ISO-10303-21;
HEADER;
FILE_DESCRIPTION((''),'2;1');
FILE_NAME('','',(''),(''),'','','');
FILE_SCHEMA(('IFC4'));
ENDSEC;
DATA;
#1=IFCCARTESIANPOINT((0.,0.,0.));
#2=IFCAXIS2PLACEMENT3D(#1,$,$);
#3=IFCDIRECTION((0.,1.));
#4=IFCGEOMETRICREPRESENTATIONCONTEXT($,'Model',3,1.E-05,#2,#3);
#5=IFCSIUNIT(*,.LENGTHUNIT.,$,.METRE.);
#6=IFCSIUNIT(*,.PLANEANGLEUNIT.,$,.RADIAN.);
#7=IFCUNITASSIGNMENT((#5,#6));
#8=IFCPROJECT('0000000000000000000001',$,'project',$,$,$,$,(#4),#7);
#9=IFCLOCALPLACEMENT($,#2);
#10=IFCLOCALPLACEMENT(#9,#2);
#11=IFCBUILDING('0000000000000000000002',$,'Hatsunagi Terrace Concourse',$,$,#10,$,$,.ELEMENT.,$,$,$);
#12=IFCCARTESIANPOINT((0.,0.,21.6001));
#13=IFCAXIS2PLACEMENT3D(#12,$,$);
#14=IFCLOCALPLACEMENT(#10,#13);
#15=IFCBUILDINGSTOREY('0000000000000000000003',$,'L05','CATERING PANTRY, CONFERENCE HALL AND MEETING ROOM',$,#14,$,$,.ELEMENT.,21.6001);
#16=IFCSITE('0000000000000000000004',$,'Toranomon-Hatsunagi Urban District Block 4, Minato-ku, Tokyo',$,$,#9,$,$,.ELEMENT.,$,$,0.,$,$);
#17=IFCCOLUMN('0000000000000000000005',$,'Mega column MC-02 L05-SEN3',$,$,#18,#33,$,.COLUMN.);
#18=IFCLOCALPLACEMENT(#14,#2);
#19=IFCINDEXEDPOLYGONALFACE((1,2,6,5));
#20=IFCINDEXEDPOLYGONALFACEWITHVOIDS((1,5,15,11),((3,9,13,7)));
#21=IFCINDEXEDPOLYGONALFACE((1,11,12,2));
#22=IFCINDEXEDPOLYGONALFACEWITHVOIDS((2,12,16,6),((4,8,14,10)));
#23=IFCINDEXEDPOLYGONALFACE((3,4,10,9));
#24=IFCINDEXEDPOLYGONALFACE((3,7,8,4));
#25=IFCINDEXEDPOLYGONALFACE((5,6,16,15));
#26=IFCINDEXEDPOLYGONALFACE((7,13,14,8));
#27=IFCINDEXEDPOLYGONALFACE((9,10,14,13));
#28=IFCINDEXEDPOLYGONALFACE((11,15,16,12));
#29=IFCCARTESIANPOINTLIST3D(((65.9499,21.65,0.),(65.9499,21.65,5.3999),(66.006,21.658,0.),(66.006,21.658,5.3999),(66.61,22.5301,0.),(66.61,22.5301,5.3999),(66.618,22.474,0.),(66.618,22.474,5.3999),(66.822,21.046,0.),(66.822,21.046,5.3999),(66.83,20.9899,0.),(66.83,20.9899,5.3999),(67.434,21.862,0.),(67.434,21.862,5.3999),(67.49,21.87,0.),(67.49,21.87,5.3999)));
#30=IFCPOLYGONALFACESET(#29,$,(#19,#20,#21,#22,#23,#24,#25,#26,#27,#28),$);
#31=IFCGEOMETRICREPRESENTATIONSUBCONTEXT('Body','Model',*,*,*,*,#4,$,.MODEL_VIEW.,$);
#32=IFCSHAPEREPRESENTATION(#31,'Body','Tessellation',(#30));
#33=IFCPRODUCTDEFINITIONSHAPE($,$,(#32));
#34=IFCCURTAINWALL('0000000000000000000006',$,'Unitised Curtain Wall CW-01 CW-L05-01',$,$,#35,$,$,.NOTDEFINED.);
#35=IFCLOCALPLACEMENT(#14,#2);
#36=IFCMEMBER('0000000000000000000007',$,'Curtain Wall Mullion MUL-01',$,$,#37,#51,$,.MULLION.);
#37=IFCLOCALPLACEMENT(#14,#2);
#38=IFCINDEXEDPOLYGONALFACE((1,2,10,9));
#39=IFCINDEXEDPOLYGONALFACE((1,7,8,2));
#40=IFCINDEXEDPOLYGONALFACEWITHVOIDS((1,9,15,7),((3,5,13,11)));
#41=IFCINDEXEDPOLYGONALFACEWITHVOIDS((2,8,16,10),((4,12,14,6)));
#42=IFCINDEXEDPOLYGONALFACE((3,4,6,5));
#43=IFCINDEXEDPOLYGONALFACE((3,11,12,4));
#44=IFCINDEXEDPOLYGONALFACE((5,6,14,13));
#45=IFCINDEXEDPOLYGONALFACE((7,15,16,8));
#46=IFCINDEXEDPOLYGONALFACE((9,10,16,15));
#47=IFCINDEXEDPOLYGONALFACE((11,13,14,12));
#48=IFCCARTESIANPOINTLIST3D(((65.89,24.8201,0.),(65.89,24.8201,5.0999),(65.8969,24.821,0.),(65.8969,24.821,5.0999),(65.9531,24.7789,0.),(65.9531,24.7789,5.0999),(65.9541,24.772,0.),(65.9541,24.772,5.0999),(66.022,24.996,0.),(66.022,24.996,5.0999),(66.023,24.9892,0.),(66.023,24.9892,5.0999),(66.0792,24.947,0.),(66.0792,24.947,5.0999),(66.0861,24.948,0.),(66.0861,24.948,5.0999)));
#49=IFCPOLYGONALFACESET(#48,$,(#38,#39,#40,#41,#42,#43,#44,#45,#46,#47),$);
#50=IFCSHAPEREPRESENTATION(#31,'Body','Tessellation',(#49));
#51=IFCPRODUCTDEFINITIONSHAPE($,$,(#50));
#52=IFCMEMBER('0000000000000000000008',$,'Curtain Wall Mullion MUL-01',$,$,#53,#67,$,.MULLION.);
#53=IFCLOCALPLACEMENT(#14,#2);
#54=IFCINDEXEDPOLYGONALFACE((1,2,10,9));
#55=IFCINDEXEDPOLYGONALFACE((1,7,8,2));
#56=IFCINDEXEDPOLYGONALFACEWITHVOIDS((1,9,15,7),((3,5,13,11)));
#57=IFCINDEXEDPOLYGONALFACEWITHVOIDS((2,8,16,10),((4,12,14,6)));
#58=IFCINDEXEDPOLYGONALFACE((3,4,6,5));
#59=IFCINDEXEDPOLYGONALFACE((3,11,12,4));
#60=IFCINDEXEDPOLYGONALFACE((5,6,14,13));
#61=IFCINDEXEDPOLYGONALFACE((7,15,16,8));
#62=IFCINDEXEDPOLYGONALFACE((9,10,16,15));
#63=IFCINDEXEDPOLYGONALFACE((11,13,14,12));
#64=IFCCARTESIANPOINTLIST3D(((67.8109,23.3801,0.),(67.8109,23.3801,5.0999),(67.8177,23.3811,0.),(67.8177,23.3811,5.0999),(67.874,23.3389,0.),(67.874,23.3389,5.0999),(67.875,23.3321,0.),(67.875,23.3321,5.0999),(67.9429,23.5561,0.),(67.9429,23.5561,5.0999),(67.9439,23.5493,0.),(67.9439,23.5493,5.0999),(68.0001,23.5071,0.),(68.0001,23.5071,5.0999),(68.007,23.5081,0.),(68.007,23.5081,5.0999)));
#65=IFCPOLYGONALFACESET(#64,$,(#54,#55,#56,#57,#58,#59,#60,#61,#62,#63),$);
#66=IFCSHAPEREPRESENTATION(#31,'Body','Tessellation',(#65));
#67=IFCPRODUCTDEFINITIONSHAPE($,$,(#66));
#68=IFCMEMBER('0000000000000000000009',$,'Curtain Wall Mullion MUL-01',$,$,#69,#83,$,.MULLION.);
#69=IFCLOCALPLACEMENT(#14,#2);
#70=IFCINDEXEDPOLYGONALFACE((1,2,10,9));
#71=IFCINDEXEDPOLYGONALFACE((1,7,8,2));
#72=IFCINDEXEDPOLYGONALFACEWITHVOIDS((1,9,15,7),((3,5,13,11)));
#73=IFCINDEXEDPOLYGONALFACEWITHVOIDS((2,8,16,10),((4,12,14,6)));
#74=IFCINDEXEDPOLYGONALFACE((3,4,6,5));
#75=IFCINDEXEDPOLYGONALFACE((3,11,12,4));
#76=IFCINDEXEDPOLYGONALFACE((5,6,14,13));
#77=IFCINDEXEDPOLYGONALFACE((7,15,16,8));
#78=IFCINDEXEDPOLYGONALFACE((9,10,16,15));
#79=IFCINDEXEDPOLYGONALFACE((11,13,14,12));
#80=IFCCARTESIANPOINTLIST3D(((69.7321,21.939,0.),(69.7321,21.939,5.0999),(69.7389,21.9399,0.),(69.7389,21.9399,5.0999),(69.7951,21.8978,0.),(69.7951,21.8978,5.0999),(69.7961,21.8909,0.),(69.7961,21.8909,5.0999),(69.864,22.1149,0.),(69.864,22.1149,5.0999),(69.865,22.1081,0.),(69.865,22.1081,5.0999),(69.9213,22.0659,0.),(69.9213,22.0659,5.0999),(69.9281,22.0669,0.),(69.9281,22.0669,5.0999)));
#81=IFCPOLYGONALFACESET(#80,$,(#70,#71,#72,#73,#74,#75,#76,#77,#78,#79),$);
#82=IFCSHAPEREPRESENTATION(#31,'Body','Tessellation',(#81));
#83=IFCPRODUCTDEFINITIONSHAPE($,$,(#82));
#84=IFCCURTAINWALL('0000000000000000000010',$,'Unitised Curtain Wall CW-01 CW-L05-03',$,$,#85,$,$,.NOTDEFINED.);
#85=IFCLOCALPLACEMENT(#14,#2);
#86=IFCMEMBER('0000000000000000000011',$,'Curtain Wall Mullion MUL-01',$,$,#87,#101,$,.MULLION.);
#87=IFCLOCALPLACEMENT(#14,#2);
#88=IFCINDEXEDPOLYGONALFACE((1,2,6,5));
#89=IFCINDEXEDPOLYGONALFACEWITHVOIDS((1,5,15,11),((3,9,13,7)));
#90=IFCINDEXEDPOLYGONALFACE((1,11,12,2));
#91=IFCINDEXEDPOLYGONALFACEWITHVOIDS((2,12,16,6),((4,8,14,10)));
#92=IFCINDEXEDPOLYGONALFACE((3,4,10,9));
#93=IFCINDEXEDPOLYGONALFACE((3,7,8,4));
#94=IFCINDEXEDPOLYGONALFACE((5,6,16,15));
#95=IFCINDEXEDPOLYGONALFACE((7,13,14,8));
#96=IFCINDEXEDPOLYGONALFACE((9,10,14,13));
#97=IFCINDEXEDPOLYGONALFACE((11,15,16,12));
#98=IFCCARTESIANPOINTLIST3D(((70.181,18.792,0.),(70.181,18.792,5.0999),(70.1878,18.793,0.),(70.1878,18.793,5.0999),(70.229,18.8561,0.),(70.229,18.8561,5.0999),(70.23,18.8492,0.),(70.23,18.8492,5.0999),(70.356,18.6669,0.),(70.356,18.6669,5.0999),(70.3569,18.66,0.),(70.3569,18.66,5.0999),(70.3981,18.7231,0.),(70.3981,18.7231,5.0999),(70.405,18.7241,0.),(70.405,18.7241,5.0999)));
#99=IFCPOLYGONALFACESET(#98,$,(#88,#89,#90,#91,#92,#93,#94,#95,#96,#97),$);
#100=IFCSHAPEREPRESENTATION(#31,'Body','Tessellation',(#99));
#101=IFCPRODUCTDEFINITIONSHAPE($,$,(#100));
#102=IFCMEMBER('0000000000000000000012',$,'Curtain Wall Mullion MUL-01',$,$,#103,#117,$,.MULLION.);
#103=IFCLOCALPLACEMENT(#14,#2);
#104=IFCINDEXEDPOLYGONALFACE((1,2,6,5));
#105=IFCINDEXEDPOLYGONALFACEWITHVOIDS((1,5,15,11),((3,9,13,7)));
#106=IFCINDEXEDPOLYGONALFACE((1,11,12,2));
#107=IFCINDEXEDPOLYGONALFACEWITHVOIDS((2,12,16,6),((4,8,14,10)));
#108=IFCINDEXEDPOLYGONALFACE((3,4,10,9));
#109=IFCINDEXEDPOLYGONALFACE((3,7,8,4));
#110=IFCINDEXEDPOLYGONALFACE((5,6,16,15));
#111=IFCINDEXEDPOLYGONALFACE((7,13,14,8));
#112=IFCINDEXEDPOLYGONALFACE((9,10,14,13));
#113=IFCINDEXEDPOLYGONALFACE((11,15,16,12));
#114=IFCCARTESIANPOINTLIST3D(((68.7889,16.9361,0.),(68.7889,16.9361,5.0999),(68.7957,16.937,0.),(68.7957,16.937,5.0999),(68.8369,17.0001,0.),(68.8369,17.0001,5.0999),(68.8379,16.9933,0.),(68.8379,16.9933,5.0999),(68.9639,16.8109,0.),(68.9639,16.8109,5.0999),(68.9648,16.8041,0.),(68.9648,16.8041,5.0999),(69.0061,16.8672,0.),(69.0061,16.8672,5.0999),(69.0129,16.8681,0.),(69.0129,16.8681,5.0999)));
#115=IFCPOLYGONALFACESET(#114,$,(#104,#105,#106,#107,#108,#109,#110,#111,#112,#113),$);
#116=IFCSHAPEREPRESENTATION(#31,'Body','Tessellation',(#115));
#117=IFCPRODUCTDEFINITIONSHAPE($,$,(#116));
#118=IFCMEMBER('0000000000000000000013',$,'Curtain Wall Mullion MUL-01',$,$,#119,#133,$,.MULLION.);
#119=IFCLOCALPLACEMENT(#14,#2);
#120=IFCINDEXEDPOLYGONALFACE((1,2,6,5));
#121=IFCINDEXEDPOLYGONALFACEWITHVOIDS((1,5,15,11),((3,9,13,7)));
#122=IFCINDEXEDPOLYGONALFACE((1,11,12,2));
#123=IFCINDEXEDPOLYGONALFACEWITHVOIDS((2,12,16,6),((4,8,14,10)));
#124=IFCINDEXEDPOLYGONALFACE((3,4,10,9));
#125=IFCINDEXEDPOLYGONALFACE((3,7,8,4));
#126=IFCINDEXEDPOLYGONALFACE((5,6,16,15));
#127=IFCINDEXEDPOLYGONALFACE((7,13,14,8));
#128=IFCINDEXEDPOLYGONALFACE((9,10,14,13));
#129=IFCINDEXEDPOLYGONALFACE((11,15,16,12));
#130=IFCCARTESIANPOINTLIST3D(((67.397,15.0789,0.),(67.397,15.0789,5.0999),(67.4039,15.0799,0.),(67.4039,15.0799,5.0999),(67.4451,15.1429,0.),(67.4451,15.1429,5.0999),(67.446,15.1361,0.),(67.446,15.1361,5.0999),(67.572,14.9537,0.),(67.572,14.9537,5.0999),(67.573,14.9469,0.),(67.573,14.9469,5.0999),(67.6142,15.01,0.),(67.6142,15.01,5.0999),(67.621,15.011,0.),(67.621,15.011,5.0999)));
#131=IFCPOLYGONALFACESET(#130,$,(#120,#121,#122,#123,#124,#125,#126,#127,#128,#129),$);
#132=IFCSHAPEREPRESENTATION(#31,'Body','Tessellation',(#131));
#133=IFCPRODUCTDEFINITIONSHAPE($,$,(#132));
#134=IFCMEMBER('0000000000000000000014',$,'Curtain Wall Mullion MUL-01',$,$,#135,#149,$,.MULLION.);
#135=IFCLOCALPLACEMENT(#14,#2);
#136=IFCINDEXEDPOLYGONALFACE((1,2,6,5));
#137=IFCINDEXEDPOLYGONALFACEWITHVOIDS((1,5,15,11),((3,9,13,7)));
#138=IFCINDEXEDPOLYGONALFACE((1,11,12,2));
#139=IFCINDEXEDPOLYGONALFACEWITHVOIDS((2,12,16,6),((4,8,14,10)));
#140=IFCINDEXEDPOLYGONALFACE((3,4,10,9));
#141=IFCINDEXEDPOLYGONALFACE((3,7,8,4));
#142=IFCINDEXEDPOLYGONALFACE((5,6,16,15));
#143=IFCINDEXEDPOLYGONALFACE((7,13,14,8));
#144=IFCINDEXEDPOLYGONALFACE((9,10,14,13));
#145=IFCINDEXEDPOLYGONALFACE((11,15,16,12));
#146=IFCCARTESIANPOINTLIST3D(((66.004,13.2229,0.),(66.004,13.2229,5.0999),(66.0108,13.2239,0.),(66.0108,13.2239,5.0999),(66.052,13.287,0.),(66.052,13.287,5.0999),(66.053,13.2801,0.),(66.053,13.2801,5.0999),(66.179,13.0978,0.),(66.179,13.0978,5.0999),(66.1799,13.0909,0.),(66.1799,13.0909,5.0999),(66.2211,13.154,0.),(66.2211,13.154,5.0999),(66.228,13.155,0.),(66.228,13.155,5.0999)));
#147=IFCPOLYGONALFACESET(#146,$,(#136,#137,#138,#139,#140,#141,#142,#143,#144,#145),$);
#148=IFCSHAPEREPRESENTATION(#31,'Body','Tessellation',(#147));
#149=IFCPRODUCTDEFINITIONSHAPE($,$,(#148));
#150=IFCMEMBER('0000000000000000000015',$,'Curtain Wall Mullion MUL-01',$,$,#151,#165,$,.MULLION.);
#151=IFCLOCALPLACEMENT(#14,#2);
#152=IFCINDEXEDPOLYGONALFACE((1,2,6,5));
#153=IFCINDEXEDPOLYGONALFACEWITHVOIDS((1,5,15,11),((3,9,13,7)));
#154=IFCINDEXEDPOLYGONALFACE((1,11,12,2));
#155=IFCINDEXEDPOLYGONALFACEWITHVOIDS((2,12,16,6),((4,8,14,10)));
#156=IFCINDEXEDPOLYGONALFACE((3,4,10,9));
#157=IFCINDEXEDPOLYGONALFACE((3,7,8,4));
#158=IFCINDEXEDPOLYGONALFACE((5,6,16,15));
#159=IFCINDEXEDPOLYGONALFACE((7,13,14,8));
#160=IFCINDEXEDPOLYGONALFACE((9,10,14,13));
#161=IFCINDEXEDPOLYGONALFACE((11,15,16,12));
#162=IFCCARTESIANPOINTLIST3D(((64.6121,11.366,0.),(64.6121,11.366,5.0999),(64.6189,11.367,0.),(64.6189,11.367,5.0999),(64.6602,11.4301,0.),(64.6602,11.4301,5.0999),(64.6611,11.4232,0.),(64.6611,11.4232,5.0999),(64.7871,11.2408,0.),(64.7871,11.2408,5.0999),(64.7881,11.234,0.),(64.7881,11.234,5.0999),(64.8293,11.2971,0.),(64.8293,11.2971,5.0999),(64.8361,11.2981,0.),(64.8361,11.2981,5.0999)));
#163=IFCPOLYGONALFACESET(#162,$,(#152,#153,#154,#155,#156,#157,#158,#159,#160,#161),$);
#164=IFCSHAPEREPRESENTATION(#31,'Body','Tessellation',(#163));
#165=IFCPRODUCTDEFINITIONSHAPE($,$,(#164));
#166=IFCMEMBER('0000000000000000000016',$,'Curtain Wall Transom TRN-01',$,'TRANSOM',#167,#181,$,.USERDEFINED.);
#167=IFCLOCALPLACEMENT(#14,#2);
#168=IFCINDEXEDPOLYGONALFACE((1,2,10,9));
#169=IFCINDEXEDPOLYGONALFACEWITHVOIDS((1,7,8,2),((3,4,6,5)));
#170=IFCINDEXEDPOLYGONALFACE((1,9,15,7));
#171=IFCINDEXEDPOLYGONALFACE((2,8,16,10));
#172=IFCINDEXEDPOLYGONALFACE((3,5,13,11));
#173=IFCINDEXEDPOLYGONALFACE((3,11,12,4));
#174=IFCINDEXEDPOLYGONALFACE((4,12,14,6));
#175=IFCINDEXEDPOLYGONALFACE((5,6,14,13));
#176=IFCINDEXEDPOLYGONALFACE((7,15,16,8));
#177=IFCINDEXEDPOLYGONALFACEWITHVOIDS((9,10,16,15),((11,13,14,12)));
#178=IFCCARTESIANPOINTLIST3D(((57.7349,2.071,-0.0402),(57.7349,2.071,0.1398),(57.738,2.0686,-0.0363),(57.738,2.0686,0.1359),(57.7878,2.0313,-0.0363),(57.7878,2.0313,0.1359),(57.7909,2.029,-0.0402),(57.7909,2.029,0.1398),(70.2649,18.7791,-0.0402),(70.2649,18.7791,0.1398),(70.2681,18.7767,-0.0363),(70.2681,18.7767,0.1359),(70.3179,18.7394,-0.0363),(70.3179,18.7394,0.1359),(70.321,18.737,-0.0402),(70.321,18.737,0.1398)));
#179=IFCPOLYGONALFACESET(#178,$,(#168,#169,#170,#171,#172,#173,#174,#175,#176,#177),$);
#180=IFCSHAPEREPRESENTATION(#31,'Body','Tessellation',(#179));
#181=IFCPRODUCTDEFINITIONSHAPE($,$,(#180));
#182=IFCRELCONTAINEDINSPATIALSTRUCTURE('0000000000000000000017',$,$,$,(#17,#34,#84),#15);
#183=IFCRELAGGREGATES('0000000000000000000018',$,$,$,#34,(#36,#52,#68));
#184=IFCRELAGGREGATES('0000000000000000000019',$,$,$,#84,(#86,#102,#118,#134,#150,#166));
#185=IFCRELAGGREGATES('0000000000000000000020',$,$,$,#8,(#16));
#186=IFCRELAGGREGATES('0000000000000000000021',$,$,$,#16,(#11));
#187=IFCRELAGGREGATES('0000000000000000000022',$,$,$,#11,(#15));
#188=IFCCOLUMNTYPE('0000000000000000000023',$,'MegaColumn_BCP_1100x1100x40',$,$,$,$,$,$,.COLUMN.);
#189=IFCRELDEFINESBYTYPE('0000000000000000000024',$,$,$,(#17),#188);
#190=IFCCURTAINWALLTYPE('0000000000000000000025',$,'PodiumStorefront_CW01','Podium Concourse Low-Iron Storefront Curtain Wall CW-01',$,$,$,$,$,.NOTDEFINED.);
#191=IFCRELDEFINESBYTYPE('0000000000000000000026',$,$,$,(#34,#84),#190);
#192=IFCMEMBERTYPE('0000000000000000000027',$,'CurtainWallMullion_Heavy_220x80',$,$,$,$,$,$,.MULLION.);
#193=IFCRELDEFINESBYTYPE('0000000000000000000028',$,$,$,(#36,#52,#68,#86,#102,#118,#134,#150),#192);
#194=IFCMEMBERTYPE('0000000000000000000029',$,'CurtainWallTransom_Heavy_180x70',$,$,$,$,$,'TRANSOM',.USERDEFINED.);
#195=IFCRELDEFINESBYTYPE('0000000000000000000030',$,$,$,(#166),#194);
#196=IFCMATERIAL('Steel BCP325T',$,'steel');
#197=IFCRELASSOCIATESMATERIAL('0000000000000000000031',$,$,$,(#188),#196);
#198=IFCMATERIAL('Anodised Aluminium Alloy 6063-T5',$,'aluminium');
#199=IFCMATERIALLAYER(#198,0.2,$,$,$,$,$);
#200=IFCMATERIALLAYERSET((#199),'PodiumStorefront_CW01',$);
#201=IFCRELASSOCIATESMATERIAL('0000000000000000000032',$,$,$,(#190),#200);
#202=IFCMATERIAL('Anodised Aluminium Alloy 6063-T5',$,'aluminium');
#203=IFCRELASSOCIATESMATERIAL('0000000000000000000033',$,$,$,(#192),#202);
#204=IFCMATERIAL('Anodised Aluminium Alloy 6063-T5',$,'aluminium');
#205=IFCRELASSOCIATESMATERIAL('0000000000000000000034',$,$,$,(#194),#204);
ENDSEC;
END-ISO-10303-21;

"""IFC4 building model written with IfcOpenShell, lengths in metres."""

from ifc_helpers import new_model, si_unit, direction, frame, origin, origin_2d, place, context, subcontext, project, spatial, hollow_rectangle, extrude, material, layer, layer_set, material_profile, profile_set, type_object, element, aggregate, save


model = new_model("IFC4")

# Units and contexts
model_context = context("Model", 3, precision=1e-05, world=origin(), true_north=direction((0.0, 1.0)))
body_context = subcontext(model_context, "Body", "Model", "MODEL_VIEW")
ifc_project = project(units=[si_unit("LENGTHUNIT", "METRE"), si_unit("PLANEANGLEUNIT", "RADIAN")], contexts=[model_context])

# Site, building, storey
site_placement = place(None, origin())
site = spatial("IfcSite", under=ifc_project, at=site_placement, Name="Toranomon-Hatsunagi Urban District Block 4, Minato-ku, Tokyo", CompositionType="ELEMENT", RefElevation=0.0)
building_placement = place(site_placement, origin())
building = spatial("IfcBuilding", under=site, at=building_placement, Name="Hatsunagi Terrace Concourse", CompositionType="ELEMENT")
storey_placement = place(building_placement, frame((0.0, 0.0, 21.6001)))
storey = spatial("IfcBuildingStorey", under=building, at=storey_placement, Name="L05", Description="CATERING PANTRY, CONFERENCE HALL AND MEETING ROOM", CompositionType="ELEMENT", Elevation=21.6001)

# Column
ifc_material_1 = material(Name="Steel BCP325T", Category="steel")
ifc_material_profile_1 = material_profile(ifc_material_1, hollow_rectangle(XDim=1.1001, YDim=1.1001, WallThickness=0.04, at=origin_2d()), Name="BCP-1100x1100x40")
ifc_profile_set_1 = profile_set([ifc_material_profile_1], Name="Steel BCP325T")
column_type = type_object("IfcColumnType", Name="MegaColumn_BCP_1100x1100x40", PredefinedType="COLUMN", material=ifc_profile_set_1)
column_placement = place(storey_placement, frame((66.72, 21.76, 0.0), z_axis=(0.0, 0.0, 1.0), x_axis=(0.8, -0.6, 0.0)))
element("IfcColumn", 1, at=column_placement, inside=storey, type_object=column_type, Name="Mega column MC-02 L05-SEN3", PredefinedType="COLUMN", context=body_context, shape_type="SweptSolid", body=[
    extrude(hollow_rectangle(XDim=1.1001, YDim=1.1001, WallThickness=0.04, at=origin_2d()), origin(), (0.0, 0.0, 1.0), 5.3999),
])

# Curtain walls, members
ifc_material_2 = material(Name="Anodised Aluminium Alloy 6063-T5", Category="aluminium")
ifc_layer_1 = layer(ifc_material_2, 0.2)
ifc_layer_set_1 = layer_set([ifc_layer_1], Name="PodiumStorefront_CW01")
curtain_wall_type = type_object("IfcCurtainWallType", Name="PodiumStorefront_CW01", Description="Podium Concourse Low-Iron Storefront Curtain Wall CW-01", PredefinedType="NOTDEFINED", material=ifc_layer_set_1)
curtain_wall_1_placement = place(storey_placement, origin())
curtain_wall_1 = element("IfcCurtainWall", 2, at=curtain_wall_1_placement, inside=storey, type_object=curtain_wall_type, Name="Unitised Curtain Wall CW-01 CW-L05-01", PredefinedType="NOTDEFINED")
ifc_material_3 = material(Name="Anodised Aluminium Alloy 6063-T5", Category="aluminium")
ifc_material_profile_2 = material_profile(ifc_material_3, hollow_rectangle(XDim=0.0801, YDim=0.22, WallThickness=0.0049, at=origin_2d()), Name="ALU-MUL-220x80x5")
ifc_profile_set_2 = profile_set([ifc_material_profile_2], Name="Anodised Aluminium Alloy 6063-T5")
member_type_1 = type_object("IfcMemberType", Name="CurtainWallMullion_Heavy_220x80", PredefinedType="MULLION", material=ifc_profile_set_2)
member_1_placement = place(storey_placement, frame((65.988, 24.884, 0.0), z_axis=(0.0, 0.0, 1.0), x_axis=(0.800007, -0.59999, 0.0)))
member_1 = element("IfcMember", 3, at=member_1_placement, type_object=member_type_1, Name="Curtain Wall Mullion MUL-01", PredefinedType="MULLION", context=body_context, shape_type="SweptSolid", body=[
    extrude(hollow_rectangle(XDim=0.0801, YDim=0.22, WallThickness=0.0049, at=origin_2d()), origin(), (0.0, 0.0, 1.0), 5.0999),
])
member_2_placement = place(storey_placement, frame((67.9089, 23.4441, 0.0), z_axis=(0.0, 0.0, 1.0), x_axis=(0.800007, -0.59999, 0.0)))
member_2 = element("IfcMember", 4, at=member_2_placement, type_object=member_type_1, Name="Curtain Wall Mullion MUL-01", PredefinedType="MULLION", context=body_context, shape_type="SweptSolid", body=[
    extrude(hollow_rectangle(XDim=0.0801, YDim=0.22, WallThickness=0.0049, at=origin_2d()), origin(), (0.0, 0.0, 1.0), 5.0999),
])
member_3_placement = place(storey_placement, frame((69.8301, 22.0029, 0.0), z_axis=(0.0, 0.0, 1.0), x_axis=(0.800007, -0.59999, 0.0)))
member_3 = element("IfcMember", 5, at=member_3_placement, type_object=member_type_1, Name="Curtain Wall Mullion MUL-01", PredefinedType="MULLION", context=body_context, shape_type="SweptSolid", body=[
    extrude(hollow_rectangle(XDim=0.0801, YDim=0.22, WallThickness=0.0049, at=origin_2d()), origin(), (0.0, 0.0, 1.0), 5.0999),
])
curtain_wall_2_placement = place(storey_placement, origin())
curtain_wall_2 = element("IfcCurtainWall", 6, at=curtain_wall_2_placement, inside=storey, type_object=curtain_wall_type, Name="Unitised Curtain Wall CW-01 CW-L05-03", PredefinedType="NOTDEFINED")
member_4_placement = place(storey_placement, frame((70.293, 18.7581, 0.0), z_axis=(0.0, 0.0, 1.0), x_axis=(-0.599969, -0.800023, 0.0)))
member_4 = element("IfcMember", 7, at=member_4_placement, type_object=member_type_1, Name="Curtain Wall Mullion MUL-01", PredefinedType="MULLION", context=body_context, shape_type="SweptSolid", body=[
    extrude(hollow_rectangle(XDim=0.0801, YDim=0.22, WallThickness=0.0049, at=origin_2d()), origin(), (0.0, 0.0, 1.0), 5.0999),
])
member_5_placement = place(storey_placement, frame((68.9009, 16.9021, 0.0), z_axis=(0.0, 0.0, 1.0), x_axis=(-0.599969, -0.800023, 0.0)))
member_5 = element("IfcMember", 8, at=member_5_placement, type_object=member_type_1, Name="Curtain Wall Mullion MUL-01", PredefinedType="MULLION", context=body_context, shape_type="SweptSolid", body=[
    extrude(hollow_rectangle(XDim=0.0801, YDim=0.22, WallThickness=0.0049, at=origin_2d()), origin(), (0.0, 0.0, 1.0), 5.0999),
])
member_6_placement = place(storey_placement, frame((67.509, 15.0449, 0.0), z_axis=(0.0, 0.0, 1.0), x_axis=(-0.599969, -0.800023, 0.0)))
member_6 = element("IfcMember", 9, at=member_6_placement, type_object=member_type_1, Name="Curtain Wall Mullion MUL-01", PredefinedType="MULLION", context=body_context, shape_type="SweptSolid", body=[
    extrude(hollow_rectangle(XDim=0.0801, YDim=0.22, WallThickness=0.0049, at=origin_2d()), origin(), (0.0, 0.0, 1.0), 5.0999),
])
member_7_placement = place(storey_placement, frame((66.116, 13.189, 0.0), z_axis=(0.0, 0.0, 1.0), x_axis=(-0.599969, -0.800023, 0.0)))
member_7 = element("IfcMember", 10, at=member_7_placement, type_object=member_type_1, Name="Curtain Wall Mullion MUL-01", PredefinedType="MULLION", context=body_context, shape_type="SweptSolid", body=[
    extrude(hollow_rectangle(XDim=0.0801, YDim=0.22, WallThickness=0.0049, at=origin_2d()), origin(), (0.0, 0.0, 1.0), 5.0999),
])
member_8_placement = place(storey_placement, frame((64.7241, 11.332, 0.0), z_axis=(0.0, 0.0, 1.0), x_axis=(-0.599969, -0.800023, 0.0)))
member_8 = element("IfcMember", 11, at=member_8_placement, type_object=member_type_1, Name="Curtain Wall Mullion MUL-01", PredefinedType="MULLION", context=body_context, shape_type="SweptSolid", body=[
    extrude(hollow_rectangle(XDim=0.0801, YDim=0.22, WallThickness=0.0049, at=origin_2d()), origin(), (0.0, 0.0, 1.0), 5.0999),
])
ifc_material_4 = material(Name="Anodised Aluminium Alloy 6063-T5", Category="aluminium")
ifc_material_profile_3 = material_profile(ifc_material_4, hollow_rectangle(XDim=0.0701, YDim=0.1799, WallThickness=0.0039, at=origin_2d()), Name="ALU-TRN-180x70x4")
ifc_profile_set_3 = profile_set([ifc_material_profile_3], Name="Anodised Aluminium Alloy 6063-T5")
member_type_2 = type_object("IfcMemberType", Name="CurtainWallTransom_Heavy_180x70", ElementType="TRANSOM", PredefinedType="USERDEFINED", material=ifc_profile_set_3)
member_9_placement = place(storey_placement, frame((70.293, 18.7581, 0.0498), z_axis=(-0.59997, -0.800022, 0.0), x_axis=(0.800022, -0.59997, 0.0)))
member_9 = element("IfcMember", 12, at=member_9_placement, type_object=member_type_2, Name="Curtain Wall Transom TRN-01", ObjectType="TRANSOM", PredefinedType="USERDEFINED", context=body_context, shape_type="SweptSolid", body=[
    extrude(hollow_rectangle(XDim=0.0701, YDim=0.1799, WallThickness=0.0039, at=origin_2d()), origin(), (0.0, 0.0, 1.0), 20.8845),
])

aggregate(curtain_wall_1, [member_1, member_2, member_3])
aggregate(curtain_wall_2, [member_4, member_5, member_6, member_7, member_8, member_9])

save(model, "model.ifc")
